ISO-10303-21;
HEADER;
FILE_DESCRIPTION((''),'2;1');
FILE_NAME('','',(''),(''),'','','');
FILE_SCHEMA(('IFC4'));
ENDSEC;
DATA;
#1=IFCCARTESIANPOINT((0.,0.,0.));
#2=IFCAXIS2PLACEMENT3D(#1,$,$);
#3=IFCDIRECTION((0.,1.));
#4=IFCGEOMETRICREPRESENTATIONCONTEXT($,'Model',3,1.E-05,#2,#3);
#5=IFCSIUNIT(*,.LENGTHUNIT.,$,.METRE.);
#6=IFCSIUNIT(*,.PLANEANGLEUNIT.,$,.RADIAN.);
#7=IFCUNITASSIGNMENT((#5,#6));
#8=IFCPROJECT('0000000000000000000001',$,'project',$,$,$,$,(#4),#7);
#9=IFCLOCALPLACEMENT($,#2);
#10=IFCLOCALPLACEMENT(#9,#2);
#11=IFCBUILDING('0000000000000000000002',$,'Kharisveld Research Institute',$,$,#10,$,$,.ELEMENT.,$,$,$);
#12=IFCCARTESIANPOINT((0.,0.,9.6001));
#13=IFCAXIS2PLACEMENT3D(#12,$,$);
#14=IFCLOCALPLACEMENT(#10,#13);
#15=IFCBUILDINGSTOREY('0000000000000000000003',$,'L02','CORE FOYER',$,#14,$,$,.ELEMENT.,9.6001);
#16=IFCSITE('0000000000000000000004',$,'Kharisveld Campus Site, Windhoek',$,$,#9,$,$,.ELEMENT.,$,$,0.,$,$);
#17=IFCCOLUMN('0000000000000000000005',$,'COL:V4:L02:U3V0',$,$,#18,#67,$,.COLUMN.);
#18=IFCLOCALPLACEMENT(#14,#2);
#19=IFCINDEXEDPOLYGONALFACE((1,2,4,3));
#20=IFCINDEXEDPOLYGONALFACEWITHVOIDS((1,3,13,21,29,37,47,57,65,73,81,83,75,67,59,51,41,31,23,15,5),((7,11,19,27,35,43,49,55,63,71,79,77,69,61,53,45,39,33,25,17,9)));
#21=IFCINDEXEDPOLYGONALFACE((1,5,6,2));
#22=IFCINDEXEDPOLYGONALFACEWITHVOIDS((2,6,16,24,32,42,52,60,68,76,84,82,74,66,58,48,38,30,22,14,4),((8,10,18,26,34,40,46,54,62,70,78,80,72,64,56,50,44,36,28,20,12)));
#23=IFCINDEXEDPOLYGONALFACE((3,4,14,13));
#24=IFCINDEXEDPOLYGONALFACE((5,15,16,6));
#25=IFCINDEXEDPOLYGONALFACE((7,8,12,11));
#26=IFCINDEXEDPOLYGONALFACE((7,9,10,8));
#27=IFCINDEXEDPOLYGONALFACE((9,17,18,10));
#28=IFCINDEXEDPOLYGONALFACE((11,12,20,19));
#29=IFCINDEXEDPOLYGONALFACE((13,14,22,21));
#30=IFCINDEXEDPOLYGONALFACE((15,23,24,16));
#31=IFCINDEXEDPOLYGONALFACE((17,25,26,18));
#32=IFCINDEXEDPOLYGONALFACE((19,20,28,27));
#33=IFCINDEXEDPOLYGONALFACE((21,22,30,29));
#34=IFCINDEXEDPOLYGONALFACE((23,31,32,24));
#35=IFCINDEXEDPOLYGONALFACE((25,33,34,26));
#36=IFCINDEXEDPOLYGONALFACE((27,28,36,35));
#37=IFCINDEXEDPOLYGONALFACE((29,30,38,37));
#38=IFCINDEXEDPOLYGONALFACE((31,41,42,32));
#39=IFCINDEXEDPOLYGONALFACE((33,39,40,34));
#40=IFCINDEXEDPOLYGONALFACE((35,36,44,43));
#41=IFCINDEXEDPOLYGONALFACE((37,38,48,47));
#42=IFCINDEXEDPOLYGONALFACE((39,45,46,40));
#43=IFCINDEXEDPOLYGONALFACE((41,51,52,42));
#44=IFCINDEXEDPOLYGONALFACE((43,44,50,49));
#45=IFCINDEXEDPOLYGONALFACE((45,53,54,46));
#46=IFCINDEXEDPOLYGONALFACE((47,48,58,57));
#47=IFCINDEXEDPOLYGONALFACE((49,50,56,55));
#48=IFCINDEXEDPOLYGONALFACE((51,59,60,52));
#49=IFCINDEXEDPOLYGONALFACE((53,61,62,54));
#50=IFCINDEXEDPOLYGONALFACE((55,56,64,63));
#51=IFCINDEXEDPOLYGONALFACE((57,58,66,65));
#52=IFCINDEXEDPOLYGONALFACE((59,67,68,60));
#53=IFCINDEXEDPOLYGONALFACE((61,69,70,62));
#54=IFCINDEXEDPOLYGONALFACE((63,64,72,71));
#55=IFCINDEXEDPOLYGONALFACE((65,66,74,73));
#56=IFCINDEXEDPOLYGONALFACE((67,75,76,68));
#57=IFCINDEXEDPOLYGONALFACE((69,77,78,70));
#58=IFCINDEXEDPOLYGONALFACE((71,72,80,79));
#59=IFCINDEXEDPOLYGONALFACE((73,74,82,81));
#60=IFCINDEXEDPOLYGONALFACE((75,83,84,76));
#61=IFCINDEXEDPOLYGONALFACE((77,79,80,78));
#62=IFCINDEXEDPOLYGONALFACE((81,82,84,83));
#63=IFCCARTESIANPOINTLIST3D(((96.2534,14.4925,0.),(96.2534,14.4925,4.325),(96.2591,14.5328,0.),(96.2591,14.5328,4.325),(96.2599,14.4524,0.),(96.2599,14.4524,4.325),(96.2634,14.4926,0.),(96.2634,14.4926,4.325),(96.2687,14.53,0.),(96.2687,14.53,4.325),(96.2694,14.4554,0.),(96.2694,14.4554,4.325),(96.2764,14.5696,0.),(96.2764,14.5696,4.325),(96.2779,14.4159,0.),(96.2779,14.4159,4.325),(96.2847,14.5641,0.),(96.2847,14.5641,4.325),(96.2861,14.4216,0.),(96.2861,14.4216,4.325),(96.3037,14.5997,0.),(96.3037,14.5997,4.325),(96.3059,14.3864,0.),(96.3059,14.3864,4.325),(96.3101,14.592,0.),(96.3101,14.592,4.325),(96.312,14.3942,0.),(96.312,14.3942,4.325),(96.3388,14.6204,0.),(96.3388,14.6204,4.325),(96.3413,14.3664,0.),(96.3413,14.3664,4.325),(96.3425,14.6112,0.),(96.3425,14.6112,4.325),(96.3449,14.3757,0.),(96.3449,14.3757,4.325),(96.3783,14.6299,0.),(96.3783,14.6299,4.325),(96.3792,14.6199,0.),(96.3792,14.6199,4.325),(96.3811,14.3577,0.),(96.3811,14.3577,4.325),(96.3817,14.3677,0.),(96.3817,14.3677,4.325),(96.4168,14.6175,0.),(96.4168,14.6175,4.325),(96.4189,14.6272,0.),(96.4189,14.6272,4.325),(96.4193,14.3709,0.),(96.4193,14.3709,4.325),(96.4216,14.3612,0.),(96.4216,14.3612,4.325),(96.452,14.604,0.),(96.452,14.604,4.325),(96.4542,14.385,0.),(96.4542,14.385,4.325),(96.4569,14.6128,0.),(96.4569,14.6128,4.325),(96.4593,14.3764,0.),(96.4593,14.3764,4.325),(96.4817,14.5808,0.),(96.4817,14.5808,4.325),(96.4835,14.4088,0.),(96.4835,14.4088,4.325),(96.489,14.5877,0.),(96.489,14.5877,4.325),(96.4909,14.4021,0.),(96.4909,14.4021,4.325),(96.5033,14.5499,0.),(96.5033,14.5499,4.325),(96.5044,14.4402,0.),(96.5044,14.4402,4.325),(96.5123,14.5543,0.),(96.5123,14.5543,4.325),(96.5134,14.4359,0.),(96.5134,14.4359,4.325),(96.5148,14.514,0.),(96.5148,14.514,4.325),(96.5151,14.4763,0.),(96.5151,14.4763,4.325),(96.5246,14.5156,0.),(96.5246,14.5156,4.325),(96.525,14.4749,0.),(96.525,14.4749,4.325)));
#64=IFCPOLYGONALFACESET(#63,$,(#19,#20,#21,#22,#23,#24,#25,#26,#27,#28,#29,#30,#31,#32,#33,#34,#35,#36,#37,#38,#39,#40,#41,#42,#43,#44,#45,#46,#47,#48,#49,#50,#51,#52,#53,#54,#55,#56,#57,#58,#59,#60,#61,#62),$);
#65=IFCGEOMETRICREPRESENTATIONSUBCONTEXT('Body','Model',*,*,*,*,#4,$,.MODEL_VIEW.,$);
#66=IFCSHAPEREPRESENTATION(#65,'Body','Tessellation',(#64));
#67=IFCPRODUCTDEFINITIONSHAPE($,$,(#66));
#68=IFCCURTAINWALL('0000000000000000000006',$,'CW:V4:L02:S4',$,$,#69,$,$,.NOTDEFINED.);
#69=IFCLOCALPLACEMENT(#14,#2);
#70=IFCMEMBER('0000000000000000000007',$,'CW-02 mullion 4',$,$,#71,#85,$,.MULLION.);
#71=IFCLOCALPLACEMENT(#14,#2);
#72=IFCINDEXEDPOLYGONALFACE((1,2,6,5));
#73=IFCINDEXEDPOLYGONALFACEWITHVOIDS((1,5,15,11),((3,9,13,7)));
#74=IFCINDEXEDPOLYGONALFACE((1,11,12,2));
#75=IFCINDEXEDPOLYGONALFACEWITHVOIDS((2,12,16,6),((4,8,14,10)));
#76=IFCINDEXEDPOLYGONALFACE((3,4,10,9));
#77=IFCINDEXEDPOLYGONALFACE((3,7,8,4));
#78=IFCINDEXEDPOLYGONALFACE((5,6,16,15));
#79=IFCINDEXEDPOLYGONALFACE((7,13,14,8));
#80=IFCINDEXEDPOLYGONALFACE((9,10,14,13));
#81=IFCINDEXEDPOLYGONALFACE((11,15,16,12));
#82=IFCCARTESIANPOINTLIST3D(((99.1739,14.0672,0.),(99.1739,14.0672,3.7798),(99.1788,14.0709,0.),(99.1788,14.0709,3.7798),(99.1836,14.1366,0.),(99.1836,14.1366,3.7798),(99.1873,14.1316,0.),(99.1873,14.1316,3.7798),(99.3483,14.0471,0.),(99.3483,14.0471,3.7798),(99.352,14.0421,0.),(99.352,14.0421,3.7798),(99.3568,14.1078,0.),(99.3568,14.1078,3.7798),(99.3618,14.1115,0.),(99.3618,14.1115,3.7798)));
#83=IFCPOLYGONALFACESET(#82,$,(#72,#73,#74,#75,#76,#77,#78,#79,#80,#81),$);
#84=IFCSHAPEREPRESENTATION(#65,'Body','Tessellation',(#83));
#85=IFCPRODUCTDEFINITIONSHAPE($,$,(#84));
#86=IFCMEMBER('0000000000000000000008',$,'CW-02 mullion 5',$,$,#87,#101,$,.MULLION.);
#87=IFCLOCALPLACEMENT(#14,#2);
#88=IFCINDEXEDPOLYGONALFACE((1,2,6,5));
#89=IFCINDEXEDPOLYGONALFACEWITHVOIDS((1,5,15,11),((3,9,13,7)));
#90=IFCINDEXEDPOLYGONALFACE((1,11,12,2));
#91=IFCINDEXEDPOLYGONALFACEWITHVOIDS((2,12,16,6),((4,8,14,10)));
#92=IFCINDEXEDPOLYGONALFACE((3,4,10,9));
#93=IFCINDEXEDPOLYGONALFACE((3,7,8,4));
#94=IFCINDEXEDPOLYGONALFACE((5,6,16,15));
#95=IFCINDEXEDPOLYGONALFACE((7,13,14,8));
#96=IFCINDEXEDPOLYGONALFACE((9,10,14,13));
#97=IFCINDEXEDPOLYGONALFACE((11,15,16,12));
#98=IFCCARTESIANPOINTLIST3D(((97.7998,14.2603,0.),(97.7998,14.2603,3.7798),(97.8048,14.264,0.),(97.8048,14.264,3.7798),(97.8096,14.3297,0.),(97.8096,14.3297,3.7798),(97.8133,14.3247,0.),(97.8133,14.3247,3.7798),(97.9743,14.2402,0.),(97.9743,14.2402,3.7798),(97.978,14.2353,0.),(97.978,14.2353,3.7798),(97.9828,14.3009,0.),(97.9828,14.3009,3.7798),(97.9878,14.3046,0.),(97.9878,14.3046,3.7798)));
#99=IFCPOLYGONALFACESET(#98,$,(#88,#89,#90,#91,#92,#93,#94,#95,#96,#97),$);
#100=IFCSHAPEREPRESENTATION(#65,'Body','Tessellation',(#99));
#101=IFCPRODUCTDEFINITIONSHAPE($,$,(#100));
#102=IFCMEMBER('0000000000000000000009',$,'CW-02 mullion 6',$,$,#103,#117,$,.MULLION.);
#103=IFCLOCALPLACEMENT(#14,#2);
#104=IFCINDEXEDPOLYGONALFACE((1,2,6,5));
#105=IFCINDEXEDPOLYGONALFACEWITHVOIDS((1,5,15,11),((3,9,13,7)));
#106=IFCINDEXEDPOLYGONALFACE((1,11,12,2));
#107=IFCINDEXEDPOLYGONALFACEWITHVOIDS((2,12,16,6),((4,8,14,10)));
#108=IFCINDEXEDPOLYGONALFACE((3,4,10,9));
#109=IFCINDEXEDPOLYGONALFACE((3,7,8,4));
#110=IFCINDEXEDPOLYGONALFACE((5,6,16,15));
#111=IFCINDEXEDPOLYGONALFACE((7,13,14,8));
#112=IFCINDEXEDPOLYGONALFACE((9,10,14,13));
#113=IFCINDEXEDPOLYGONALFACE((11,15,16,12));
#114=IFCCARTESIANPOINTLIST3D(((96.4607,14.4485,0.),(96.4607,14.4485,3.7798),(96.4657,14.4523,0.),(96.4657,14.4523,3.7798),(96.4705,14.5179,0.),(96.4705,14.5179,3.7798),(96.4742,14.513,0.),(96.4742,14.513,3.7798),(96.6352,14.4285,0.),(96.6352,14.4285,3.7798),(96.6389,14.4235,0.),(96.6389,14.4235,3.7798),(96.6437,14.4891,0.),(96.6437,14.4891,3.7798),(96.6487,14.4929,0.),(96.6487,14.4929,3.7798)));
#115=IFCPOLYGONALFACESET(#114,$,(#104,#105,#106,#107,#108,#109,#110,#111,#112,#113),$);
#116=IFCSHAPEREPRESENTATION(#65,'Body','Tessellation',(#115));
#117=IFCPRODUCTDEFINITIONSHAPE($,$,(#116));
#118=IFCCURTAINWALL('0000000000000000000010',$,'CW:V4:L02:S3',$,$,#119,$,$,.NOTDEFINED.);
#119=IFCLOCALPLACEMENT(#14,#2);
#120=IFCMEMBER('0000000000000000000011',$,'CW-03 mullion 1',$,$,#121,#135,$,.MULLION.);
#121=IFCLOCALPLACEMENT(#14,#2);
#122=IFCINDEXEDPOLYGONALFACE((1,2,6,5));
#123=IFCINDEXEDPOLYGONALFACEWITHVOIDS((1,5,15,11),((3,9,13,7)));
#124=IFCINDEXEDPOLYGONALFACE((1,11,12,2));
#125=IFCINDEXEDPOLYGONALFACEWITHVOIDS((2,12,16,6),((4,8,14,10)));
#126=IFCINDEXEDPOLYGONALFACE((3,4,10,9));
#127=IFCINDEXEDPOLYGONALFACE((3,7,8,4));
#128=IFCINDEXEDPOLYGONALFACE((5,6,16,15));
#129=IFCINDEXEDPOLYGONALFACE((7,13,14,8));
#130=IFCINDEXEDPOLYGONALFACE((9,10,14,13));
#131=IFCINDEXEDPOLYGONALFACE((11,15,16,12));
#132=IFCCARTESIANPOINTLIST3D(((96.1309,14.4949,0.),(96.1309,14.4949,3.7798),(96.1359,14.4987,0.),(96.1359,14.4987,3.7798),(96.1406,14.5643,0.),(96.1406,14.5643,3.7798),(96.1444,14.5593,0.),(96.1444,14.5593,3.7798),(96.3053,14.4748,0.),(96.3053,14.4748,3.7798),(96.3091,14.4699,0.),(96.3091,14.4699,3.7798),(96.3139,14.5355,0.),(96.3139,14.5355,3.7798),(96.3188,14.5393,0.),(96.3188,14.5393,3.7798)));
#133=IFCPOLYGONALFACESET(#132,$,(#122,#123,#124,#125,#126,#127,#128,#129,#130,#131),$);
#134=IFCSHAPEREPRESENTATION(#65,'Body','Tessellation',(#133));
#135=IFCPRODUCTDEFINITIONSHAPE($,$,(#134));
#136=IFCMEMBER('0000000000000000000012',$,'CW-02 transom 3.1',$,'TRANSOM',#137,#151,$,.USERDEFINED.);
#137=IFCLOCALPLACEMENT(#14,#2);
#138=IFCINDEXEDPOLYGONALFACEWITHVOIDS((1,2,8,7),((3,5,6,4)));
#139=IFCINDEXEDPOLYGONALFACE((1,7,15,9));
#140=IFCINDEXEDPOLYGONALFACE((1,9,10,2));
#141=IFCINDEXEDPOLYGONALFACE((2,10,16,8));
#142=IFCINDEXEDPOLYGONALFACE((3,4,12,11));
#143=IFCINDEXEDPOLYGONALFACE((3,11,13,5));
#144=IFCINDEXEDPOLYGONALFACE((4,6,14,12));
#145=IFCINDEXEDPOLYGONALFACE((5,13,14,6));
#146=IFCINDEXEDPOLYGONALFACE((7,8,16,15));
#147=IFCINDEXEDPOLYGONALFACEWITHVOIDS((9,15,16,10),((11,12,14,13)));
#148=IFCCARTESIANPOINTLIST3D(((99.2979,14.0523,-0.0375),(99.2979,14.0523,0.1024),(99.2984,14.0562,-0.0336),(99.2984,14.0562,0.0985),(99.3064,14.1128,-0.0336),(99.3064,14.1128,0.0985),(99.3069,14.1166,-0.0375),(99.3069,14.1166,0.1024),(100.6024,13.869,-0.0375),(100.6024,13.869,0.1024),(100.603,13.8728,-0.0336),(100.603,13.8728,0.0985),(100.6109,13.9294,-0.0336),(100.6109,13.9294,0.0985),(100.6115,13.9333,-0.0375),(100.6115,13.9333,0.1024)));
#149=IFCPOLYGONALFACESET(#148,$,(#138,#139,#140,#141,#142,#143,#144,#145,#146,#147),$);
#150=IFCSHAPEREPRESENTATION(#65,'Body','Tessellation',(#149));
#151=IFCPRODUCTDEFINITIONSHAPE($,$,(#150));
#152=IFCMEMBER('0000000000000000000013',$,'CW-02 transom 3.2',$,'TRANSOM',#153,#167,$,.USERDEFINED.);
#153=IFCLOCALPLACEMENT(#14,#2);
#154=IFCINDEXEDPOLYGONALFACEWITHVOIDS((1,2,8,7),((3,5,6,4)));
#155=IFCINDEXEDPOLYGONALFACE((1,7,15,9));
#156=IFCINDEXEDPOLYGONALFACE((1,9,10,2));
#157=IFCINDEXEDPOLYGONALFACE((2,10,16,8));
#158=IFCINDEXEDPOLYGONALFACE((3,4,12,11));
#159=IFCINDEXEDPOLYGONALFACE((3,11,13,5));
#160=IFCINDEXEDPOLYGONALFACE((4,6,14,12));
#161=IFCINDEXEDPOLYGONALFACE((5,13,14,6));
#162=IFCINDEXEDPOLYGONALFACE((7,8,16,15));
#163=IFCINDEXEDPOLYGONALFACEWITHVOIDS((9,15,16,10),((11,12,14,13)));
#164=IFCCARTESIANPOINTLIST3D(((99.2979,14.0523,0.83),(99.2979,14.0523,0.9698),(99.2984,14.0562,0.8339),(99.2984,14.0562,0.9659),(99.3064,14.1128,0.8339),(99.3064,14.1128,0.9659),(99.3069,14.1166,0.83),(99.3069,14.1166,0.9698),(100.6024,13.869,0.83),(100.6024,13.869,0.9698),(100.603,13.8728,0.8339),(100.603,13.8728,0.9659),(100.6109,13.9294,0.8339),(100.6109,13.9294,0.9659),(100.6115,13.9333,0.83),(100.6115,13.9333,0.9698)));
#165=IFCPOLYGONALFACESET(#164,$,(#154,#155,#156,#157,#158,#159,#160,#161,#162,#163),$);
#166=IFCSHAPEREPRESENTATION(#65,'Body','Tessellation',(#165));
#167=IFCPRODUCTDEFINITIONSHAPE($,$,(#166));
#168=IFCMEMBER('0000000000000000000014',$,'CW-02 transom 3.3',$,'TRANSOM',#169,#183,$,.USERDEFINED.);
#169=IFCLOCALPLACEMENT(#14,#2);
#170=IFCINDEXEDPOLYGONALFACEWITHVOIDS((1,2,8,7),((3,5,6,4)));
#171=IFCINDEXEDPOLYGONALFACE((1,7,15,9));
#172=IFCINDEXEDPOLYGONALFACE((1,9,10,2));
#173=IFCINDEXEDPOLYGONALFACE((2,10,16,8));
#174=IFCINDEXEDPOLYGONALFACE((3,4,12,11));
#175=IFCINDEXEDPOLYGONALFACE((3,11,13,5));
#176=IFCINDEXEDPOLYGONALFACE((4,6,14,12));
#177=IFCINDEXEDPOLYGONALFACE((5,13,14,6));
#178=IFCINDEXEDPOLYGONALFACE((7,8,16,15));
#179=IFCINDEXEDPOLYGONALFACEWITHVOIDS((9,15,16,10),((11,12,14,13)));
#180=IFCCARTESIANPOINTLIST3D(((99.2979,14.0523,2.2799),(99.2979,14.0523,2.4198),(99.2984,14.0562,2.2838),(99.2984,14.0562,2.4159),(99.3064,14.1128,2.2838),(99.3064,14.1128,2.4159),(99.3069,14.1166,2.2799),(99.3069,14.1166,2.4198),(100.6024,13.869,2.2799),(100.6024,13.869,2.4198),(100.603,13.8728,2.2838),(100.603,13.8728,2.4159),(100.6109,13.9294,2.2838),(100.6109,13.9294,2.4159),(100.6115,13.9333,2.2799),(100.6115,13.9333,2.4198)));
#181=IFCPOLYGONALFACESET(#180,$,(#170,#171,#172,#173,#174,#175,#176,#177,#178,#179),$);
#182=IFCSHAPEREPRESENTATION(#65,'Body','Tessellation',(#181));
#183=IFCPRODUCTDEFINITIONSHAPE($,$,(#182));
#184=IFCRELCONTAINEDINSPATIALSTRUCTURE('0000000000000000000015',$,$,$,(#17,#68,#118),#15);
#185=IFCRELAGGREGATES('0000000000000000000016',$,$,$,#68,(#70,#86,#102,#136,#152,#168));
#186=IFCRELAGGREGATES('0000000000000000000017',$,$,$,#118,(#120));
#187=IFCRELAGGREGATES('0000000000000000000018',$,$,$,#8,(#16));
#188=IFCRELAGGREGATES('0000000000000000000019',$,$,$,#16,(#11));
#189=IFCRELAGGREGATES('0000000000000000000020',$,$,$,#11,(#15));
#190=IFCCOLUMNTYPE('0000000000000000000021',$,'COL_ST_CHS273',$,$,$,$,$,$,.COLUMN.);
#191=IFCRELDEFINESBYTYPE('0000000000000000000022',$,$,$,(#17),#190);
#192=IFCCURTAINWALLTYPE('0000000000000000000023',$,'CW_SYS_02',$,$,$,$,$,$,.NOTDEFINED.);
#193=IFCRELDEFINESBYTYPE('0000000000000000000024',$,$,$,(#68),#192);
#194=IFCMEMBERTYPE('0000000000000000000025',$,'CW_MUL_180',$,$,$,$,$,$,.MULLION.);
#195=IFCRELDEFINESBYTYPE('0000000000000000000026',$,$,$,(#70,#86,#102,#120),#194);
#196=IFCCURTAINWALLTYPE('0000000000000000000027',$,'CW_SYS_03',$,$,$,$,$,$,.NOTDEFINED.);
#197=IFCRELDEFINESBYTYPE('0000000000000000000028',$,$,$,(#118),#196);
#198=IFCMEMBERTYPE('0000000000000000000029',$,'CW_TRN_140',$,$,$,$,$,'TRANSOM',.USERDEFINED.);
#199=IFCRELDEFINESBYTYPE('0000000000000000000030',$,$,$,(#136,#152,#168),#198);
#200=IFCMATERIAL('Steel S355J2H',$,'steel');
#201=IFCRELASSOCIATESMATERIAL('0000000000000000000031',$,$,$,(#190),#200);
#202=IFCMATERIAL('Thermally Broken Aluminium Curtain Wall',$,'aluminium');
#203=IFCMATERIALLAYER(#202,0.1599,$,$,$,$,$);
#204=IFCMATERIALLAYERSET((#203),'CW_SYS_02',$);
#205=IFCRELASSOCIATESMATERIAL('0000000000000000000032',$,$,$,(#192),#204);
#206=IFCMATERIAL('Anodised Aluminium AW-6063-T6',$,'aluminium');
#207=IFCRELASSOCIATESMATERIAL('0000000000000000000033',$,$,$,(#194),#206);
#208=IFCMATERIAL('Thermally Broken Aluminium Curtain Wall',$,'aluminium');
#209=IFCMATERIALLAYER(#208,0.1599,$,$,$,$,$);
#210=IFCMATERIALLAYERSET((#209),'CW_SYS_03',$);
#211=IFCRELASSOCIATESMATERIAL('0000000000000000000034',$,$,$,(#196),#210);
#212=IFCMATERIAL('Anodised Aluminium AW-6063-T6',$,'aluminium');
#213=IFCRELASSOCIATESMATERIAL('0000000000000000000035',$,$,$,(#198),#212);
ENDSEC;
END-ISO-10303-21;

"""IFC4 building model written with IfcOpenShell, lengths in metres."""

from ifc_helpers import new_model, si_unit, direction, frame, origin, origin_2d, place, context, subcontext, project, spatial, hollow_rectangle, hollow_circle, extrude, material, layer, layer_set, material_profile, profile_set, type_object, element, aggregate, save


model = new_model("IFC4")

# Units and contexts
model_context = context("Model", 3, precision=1e-05, world=origin(), true_north=direction((0.0, 1.0)))
body_context = subcontext(model_context, "Body", "Model", "MODEL_VIEW")
ifc_project = project(units=[si_unit("LENGTHUNIT", "METRE"), si_unit("PLANEANGLEUNIT", "RADIAN")], contexts=[model_context])

# Site, building, storey
site_placement = place(None, origin())
site = spatial("IfcSite", under=ifc_project, at=site_placement, Name="Kharisveld Campus Site, Windhoek", CompositionType="ELEMENT", RefElevation=0.0)
building_placement = place(site_placement, origin())
building = spatial("IfcBuilding", under=site, at=building_placement, Name="Kharisveld Research Institute", CompositionType="ELEMENT")
storey_placement = place(building_placement, frame((0.0, 0.0, 9.6001)))
storey = spatial("IfcBuildingStorey", under=building, at=storey_placement, Name="L02", Description="CORE FOYER", CompositionType="ELEMENT", Elevation=9.6001)

# Column
ifc_material_1 = material(Name="Steel S355J2H", Category="steel")
ifc_material_profile_1 = material_profile(ifc_material_1, hollow_circle(Radius=0.1365, WallThickness=0.01, at=origin_2d()))
ifc_profile_set_1 = profile_set([ifc_material_profile_1], Name="Steel S355J2H")
column_type = type_object("IfcColumnType", Name="COL_ST_CHS273", PredefinedType="COLUMN", material=ifc_profile_set_1)
column_placement = place(storey_placement, frame((96.3899, 14.4939, 0.0), z_axis=(0.0, 0.0, 1.0), x_axis=(0.990268, -0.139173, 0.0)))
element("IfcColumn", 1, at=column_placement, inside=storey, type_object=column_type, Name="COL:V4:L02:U3V0", PredefinedType="COLUMN", context=body_context, shape_type="SweptSolid", body=[
    extrude(hollow_circle(Radius=0.1365, WallThickness=0.01, at=origin_2d()), origin(), (0.0, 0.0, 1.0), 4.325),
])

# Curtain wall, members
ifc_material_2 = material(Name="Thermally Broken Aluminium Curtain Wall", Category="aluminium")
ifc_layer_1 = layer(ifc_material_2, 0.1599)
ifc_layer_set_1 = layer_set([ifc_layer_1], Name="CW_SYS_02")
curtain_wall_type_1 = type_object("IfcCurtainWallType", Name="CW_SYS_02", PredefinedType="NOTDEFINED", material=ifc_layer_set_1)
curtain_wall_1_placement = place(storey_placement, origin())
curtain_wall_1 = element("IfcCurtainWall", 2, at=curtain_wall_1_placement, inside=storey, type_object=curtain_wall_type_1, Name="CW:V4:L02:S4", PredefinedType="NOTDEFINED")
ifc_material_3 = material(Name="Anodised Aluminium AW-6063-T6", Category="aluminium")
ifc_material_profile_2 = material_profile(ifc_material_3, hollow_rectangle(XDim=0.0701, YDim=0.1799, WallThickness=0.0044, at=origin_2d()))
ifc_profile_set_2 = profile_set([ifc_material_profile_2], Name="Anodised Aluminium AW-6063-T6")
member_type_1 = type_object("IfcMemberType", Name="CW_MUL_180", PredefinedType="MULLION", material=ifc_profile_set_2)
member_1_placement = place(storey_placement, frame((99.2678, 14.0894, 0.0), z_axis=(0.0, 0.0, 1.0), x_axis=(-0.139173, -0.990268, 0.0)))
member_1 = element("IfcMember", 3, at=member_1_placement, type_object=member_type_1, Name="CW-02 mullion 4", PredefinedType="MULLION", context=body_context, shape_type="SweptSolid", body=[
    extrude(hollow_rectangle(XDim=0.0701, YDim=0.1799, WallThickness=0.0044, at=origin_2d()), origin(), (0.0, 0.0, 1.0), 3.7798),
])
member_2_placement = place(storey_placement, frame((97.8938, 14.2825, 0.0), z_axis=(0.0, 0.0, 1.0), x_axis=(-0.139173, -0.990268, 0.0)))
member_2 = element("IfcMember", 4, at=member_2_placement, type_object=member_type_1, Name="CW-02 mullion 5", PredefinedType="MULLION", context=body_context, shape_type="SweptSolid", body=[
    extrude(hollow_rectangle(XDim=0.0701, YDim=0.1799, WallThickness=0.0044, at=origin_2d()), origin(), (0.0, 0.0, 1.0), 3.7798),
])
member_3_placement = place(storey_placement, frame((96.5547, 14.4707, 0.0), z_axis=(0.0, 0.0, 1.0), x_axis=(-0.139173, -0.990268, 0.0)))
member_3 = element("IfcMember", 5, at=member_3_placement, type_object=member_type_1, Name="CW-02 mullion 6", PredefinedType="MULLION", context=body_context, shape_type="SweptSolid", body=[
    extrude(hollow_rectangle(XDim=0.0701, YDim=0.1799, WallThickness=0.0044, at=origin_2d()), origin(), (0.0, 0.0, 1.0), 3.7798),
])

# Curtain wall, member
ifc_material_4 = material(Name="Thermally Broken Aluminium Curtain Wall", Category="aluminium")
ifc_layer_2 = layer(ifc_material_4, 0.1599)
ifc_layer_set_2 = layer_set([ifc_layer_2], Name="CW_SYS_03")
curtain_wall_type_2 = type_object("IfcCurtainWallType", Name="CW_SYS_03", PredefinedType="NOTDEFINED", material=ifc_layer_set_2)
curtain_wall_2_placement = place(storey_placement, origin())
curtain_wall_2 = element("IfcCurtainWall", 6, at=curtain_wall_2_placement, inside=storey, type_object=curtain_wall_type_2, Name="CW:V4:L02:S3", PredefinedType="NOTDEFINED")
member_4_placement = place(storey_placement, frame((96.2249, 14.5171, 0.0), z_axis=(0.0, 0.0, 1.0), x_axis=(-0.139173, -0.990268, 0.0)))
member_4 = element("IfcMember", 7, at=member_4_placement, type_object=member_type_1, Name="CW-03 mullion 1", PredefinedType="MULLION", context=body_context, shape_type="SweptSolid", body=[
    extrude(hollow_rectangle(XDim=0.0701, YDim=0.1799, WallThickness=0.0044, at=origin_2d()), origin(), (0.0, 0.0, 1.0), 3.7798),
])

# Members
ifc_material_5 = material(Name="Anodised Aluminium AW-6063-T6", Category="aluminium")
ifc_material_profile_3 = material_profile(ifc_material_5, hollow_rectangle(XDim=0.0649, YDim=0.1399, WallThickness=0.0039, at=origin_2d()))
ifc_profile_set_3 = profile_set([ifc_material_profile_3], Name="Anodised Aluminium AW-6063-T6")
member_type_2 = type_object("IfcMemberType", Name="CW_TRN_140", ElementType="TRANSOM", PredefinedType="USERDEFINED", material=ifc_profile_set_3)
member_5_placement = place(storey_placement, frame((100.6069, 13.9011, 0.0325), z_axis=(-0.990266, 0.13919, 0.0), x_axis=(-0.13919, -0.990266, 0.0)))
member_5 = element("IfcMember", 8, at=member_5_placement, type_object=member_type_2, Name="CW-02 transom 3.1", ObjectType="TRANSOM", PredefinedType="USERDEFINED", context=body_context, shape_type="SweptSolid", body=[
    extrude(hollow_rectangle(XDim=0.0649, YDim=0.1399, WallThickness=0.0039, at=origin_2d()), origin(), (0.0, 0.0, 1.0), 1.3174),
])
member_6_placement = place(storey_placement, frame((100.6069, 13.9011, 0.8999), z_axis=(-0.990266, 0.13919, 0.0), x_axis=(-0.13919, -0.990266, 0.0)))
member_6 = element("IfcMember", 9, at=member_6_placement, type_object=member_type_2, Name="CW-02 transom 3.2", ObjectType="TRANSOM", PredefinedType="USERDEFINED", context=body_context, shape_type="SweptSolid", body=[
    extrude(hollow_rectangle(XDim=0.0649, YDim=0.1399, WallThickness=0.0039, at=origin_2d()), origin(), (0.0, 0.0, 1.0), 1.3174),
])
member_7_placement = place(storey_placement, frame((100.6069, 13.9011, 2.3499), z_axis=(-0.990266, 0.13919, 0.0), x_axis=(-0.13919, -0.990266, 0.0)))
member_7 = element("IfcMember", 10, at=member_7_placement, type_object=member_type_2, Name="CW-02 transom 3.3", ObjectType="TRANSOM", PredefinedType="USERDEFINED", context=body_context, shape_type="SweptSolid", body=[
    extrude(hollow_rectangle(XDim=0.0649, YDim=0.1399, WallThickness=0.0039, at=origin_2d()), origin(), (0.0, 0.0, 1.0), 1.3174),
])

aggregate(curtain_wall_1, [member_1, member_2, member_3, member_5, member_6, member_7])
aggregate(curtain_wall_2, [member_4])

save(model, "model.ifc")
